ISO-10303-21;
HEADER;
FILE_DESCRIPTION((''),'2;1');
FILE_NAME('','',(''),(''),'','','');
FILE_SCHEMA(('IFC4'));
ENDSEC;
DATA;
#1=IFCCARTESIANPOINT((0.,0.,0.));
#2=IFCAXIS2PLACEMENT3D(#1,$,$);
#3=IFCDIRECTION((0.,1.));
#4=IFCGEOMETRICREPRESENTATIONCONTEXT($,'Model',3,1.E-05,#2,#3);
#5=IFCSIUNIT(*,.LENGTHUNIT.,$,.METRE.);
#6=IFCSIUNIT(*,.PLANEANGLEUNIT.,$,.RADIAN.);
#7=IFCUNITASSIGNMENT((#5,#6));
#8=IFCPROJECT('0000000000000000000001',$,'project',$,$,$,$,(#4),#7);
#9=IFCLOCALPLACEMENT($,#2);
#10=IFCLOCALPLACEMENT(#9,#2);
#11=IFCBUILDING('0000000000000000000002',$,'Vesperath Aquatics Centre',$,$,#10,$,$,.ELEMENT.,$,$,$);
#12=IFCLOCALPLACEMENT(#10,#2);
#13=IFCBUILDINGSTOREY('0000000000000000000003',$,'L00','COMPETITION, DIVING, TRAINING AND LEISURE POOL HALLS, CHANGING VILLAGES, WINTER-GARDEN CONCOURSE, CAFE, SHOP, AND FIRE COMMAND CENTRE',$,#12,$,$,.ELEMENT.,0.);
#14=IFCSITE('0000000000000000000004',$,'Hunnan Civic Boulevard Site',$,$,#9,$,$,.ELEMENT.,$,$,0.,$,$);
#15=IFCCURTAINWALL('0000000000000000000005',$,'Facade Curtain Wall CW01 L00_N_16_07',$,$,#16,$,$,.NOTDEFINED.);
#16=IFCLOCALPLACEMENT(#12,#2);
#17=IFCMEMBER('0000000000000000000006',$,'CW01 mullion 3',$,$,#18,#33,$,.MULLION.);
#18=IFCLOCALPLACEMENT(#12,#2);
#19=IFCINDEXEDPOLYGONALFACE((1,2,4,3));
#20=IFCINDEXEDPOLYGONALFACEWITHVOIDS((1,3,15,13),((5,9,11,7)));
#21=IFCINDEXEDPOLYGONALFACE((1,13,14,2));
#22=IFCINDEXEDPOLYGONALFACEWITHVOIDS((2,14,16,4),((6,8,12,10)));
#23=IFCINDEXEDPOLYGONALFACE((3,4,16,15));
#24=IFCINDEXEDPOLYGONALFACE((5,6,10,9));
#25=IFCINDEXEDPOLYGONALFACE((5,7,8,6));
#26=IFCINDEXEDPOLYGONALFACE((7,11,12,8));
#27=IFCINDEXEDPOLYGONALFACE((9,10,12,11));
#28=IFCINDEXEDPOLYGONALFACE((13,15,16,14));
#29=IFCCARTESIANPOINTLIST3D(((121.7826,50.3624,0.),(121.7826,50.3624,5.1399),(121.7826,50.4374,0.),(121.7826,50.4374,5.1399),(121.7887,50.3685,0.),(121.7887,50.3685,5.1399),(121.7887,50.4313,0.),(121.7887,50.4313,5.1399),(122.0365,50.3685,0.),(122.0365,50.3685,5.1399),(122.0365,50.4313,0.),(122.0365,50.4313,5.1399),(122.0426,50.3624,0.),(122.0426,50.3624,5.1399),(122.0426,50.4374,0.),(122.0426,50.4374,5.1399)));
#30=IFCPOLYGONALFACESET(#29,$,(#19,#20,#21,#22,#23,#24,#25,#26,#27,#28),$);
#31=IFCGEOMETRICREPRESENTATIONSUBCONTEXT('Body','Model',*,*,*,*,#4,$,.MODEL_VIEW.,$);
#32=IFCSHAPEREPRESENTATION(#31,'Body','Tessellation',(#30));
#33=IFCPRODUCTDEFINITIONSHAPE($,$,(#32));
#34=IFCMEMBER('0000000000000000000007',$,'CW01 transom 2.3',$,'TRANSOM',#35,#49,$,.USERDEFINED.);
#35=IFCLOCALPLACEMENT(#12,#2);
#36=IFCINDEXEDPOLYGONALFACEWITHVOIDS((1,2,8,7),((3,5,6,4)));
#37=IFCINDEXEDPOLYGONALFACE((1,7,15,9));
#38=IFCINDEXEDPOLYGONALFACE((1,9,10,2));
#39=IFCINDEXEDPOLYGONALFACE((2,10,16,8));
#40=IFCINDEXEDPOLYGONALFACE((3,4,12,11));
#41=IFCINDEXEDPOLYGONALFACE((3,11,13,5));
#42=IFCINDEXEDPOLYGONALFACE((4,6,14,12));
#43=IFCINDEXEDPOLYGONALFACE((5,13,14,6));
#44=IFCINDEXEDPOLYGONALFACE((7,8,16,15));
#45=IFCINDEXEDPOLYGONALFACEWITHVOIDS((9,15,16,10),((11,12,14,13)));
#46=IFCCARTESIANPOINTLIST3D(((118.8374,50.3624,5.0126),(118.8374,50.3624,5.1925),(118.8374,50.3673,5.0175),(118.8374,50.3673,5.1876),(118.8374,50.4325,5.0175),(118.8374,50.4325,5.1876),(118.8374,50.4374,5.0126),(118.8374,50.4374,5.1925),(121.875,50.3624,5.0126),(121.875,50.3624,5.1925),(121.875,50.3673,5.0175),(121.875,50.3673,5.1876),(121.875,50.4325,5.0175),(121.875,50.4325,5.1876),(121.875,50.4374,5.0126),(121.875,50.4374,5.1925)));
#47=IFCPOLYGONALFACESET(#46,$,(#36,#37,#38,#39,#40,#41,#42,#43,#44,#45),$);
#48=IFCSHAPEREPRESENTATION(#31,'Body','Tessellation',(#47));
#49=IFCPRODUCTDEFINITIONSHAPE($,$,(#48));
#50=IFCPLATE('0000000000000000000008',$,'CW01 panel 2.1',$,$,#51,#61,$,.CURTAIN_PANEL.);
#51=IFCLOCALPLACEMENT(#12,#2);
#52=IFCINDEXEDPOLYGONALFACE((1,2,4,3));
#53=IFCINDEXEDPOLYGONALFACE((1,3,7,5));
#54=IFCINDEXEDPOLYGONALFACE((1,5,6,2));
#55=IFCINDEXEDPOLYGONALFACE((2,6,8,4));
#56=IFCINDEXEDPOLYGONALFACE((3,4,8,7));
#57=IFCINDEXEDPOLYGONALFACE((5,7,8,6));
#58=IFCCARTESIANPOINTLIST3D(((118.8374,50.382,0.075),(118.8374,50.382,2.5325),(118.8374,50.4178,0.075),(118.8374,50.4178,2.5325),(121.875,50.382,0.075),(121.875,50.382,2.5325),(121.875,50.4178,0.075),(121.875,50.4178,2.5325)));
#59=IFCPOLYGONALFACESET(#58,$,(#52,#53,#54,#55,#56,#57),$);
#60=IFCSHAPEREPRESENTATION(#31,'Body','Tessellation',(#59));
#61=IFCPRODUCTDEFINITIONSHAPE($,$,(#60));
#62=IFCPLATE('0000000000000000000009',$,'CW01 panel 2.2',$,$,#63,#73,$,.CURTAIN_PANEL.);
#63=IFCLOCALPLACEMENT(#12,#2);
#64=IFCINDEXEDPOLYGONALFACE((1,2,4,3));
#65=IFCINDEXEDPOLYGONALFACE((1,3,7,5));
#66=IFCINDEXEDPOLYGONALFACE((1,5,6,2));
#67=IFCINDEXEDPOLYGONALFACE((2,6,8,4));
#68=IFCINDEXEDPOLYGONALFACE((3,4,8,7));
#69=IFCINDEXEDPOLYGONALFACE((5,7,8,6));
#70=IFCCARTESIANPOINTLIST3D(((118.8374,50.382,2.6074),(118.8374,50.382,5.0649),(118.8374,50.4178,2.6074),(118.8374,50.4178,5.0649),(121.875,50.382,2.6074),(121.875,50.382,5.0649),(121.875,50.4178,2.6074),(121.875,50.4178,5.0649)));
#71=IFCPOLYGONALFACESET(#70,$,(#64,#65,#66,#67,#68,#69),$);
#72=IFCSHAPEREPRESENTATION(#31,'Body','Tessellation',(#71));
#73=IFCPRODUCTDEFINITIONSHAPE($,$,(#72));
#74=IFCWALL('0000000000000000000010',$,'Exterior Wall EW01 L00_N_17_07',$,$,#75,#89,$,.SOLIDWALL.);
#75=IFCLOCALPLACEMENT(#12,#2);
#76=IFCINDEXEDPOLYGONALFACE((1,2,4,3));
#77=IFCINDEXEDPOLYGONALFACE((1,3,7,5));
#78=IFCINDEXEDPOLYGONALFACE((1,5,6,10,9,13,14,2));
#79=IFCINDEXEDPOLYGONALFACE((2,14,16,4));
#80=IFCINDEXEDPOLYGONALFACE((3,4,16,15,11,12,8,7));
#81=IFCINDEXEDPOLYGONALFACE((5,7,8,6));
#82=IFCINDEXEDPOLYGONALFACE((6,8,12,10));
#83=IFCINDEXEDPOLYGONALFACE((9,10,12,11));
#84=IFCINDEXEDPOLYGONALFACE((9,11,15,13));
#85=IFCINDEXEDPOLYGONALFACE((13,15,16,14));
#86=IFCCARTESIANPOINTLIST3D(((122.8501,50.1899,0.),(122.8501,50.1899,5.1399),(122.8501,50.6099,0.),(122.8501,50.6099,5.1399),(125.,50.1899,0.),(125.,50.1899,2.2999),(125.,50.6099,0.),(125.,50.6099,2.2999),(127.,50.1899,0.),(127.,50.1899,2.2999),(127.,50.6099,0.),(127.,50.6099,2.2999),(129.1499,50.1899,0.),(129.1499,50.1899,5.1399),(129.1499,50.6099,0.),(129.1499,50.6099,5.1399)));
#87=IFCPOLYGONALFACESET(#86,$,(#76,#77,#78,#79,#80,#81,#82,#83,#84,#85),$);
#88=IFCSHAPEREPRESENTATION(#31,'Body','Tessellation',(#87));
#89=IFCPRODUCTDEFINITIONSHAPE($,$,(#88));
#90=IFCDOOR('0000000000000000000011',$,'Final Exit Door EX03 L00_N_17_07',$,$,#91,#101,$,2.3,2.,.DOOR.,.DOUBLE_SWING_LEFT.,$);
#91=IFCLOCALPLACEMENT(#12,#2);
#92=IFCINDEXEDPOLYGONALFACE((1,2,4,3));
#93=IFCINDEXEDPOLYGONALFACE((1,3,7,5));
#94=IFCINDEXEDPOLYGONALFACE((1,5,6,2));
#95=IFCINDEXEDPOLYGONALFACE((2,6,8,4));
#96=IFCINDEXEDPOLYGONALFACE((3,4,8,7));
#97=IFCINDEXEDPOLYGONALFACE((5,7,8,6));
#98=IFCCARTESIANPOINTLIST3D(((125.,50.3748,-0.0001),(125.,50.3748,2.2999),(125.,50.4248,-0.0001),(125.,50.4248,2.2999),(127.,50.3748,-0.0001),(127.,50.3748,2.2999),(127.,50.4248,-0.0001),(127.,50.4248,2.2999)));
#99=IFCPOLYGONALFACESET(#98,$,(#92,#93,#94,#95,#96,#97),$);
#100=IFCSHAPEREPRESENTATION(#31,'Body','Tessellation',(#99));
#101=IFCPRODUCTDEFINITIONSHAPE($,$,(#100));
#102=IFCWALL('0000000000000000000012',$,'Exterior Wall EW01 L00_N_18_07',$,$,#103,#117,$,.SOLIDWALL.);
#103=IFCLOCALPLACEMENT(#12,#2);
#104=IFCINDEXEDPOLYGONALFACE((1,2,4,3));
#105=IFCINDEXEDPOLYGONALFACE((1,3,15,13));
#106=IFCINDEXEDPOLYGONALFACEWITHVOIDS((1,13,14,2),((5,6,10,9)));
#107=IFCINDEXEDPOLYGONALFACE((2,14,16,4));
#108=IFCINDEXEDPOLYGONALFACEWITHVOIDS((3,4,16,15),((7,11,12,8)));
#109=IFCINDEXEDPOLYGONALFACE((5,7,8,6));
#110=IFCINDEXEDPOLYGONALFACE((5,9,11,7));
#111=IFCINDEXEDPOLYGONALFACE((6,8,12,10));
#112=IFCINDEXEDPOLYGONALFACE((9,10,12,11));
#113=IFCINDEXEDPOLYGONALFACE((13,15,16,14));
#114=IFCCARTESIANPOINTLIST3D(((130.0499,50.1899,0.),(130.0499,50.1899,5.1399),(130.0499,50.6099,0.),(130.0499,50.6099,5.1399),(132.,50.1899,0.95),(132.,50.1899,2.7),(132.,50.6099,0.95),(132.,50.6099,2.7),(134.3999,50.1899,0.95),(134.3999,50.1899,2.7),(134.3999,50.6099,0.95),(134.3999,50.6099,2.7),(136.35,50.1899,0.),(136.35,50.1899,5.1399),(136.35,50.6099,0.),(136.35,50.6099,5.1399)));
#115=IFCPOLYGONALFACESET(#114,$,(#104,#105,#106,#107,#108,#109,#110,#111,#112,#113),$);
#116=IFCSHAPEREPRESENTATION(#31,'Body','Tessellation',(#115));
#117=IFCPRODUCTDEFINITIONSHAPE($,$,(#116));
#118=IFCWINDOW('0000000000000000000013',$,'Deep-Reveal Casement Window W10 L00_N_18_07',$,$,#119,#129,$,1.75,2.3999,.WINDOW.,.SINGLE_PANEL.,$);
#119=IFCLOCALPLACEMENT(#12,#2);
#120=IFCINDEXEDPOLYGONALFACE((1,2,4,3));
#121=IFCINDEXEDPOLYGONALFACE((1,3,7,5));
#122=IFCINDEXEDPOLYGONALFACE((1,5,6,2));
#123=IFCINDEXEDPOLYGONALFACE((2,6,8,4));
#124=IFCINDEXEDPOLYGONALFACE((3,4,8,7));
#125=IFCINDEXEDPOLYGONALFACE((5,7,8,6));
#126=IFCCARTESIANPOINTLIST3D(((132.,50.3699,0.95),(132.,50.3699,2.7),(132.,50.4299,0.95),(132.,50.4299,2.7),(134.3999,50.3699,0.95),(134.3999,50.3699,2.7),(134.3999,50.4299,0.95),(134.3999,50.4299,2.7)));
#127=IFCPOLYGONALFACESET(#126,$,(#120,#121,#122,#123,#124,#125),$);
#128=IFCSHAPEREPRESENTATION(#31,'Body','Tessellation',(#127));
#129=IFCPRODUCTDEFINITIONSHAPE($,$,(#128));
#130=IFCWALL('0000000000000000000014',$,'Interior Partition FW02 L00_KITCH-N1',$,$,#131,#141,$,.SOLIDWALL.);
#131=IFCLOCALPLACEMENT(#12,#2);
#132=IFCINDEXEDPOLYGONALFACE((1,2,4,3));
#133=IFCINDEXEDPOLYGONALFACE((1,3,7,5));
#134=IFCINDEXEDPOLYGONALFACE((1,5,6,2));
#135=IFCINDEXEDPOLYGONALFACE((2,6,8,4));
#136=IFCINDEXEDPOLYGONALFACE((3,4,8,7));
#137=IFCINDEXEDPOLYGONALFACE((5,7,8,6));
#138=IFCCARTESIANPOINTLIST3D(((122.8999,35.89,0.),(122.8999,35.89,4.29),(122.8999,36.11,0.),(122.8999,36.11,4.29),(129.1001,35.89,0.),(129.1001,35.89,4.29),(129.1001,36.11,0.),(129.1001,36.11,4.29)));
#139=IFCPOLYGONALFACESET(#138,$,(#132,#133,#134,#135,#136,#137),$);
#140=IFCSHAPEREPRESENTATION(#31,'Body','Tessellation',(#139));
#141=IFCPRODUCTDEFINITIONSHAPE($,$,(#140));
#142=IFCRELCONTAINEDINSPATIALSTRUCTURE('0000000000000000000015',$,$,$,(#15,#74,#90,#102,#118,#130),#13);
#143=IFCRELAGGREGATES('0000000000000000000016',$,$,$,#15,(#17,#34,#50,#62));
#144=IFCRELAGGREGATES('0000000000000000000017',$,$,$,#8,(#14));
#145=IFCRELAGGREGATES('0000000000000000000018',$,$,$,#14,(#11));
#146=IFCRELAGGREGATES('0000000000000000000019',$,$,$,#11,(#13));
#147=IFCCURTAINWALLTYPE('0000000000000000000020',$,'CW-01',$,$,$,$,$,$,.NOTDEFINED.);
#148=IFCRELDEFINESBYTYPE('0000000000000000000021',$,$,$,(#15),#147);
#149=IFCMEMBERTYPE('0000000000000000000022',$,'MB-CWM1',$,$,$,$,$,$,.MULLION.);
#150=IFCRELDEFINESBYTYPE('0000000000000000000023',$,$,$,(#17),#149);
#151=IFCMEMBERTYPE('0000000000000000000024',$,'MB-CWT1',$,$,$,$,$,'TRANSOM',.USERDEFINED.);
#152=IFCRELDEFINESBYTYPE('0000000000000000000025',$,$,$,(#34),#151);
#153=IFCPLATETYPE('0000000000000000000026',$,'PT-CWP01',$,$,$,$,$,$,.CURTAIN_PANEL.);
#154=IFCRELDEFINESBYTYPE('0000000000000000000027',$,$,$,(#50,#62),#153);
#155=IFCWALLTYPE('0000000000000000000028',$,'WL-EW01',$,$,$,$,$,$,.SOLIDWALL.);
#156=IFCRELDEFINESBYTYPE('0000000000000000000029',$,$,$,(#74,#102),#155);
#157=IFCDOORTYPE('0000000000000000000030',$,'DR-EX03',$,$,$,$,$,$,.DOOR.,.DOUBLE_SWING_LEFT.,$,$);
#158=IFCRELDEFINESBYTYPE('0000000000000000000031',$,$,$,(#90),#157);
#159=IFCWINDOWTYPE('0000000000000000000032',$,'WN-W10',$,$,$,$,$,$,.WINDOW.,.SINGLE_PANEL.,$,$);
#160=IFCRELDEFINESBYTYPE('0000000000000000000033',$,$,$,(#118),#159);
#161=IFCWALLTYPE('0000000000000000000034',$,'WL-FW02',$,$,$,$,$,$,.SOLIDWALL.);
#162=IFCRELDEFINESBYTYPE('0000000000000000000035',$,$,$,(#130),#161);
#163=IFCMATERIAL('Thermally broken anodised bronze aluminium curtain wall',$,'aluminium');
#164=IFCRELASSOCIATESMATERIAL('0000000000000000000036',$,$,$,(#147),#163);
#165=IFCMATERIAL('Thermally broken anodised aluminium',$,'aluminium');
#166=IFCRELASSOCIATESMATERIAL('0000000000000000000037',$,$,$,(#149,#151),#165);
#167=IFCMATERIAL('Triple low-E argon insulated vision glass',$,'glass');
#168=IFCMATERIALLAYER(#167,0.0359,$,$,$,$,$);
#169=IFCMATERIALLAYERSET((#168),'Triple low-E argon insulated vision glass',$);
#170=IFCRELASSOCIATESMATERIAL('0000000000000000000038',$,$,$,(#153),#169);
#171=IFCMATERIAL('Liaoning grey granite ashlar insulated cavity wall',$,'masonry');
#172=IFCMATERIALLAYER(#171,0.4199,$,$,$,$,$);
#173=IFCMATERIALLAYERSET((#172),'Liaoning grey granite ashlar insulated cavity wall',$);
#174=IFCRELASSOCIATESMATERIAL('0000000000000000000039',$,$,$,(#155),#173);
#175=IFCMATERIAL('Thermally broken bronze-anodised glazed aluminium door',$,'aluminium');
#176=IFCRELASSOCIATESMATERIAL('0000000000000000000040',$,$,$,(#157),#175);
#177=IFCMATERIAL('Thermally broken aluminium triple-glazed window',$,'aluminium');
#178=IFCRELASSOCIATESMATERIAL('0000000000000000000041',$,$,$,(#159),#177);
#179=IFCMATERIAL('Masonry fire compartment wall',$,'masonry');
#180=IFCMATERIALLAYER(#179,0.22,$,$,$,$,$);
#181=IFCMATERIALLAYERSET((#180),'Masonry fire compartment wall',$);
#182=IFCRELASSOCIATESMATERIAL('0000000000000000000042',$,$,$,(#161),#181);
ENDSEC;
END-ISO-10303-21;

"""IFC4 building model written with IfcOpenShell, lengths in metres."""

from ifc_helpers import new_model, si_unit, direction, frame, frame_2d, origin, origin_2d, place, context, subcontext, project, spatial, rectangle, hollow_rectangle, extrude, material, layer, layer_set, material_profile, profile_set, type_object, element, fill, aggregate, save


model = new_model("IFC4")

# Units and contexts
model_context = context("Model", 3, precision=1e-05, world=origin(), true_north=direction((0.0, 1.0)))
body_context = subcontext(model_context, "Body", "Model", "MODEL_VIEW")
ifc_project = project(units=[si_unit("LENGTHUNIT", "METRE"), si_unit("PLANEANGLEUNIT", "RADIAN")], contexts=[model_context])

# Site, building, storey
site_placement = place(None, origin())
site = spatial("IfcSite", under=ifc_project, at=site_placement, Name="Hunnan Civic Boulevard Site", CompositionType="ELEMENT", RefElevation=0.0)
building_placement = place(site_placement, origin())
building = spatial("IfcBuilding", under=site, at=building_placement, Name="Vesperath Aquatics Centre", CompositionType="ELEMENT")
storey_placement = place(building_placement, origin())
storey = spatial("IfcBuildingStorey", under=building, at=storey_placement, Name="L00", Description="COMPETITION, DIVING, TRAINING AND LEISURE POOL HALLS, CHANGING VILLAGES, WINTER-GARDEN CONCOURSE, CAFE, SHOP, AND FIRE COMMAND CENTRE", CompositionType="ELEMENT", Elevation=0.0)

# Curtain wall, members, plates
ifc_material_1 = material(Name="Thermally broken anodised bronze aluminium curtain wall", Category="aluminium")
curtain_wall_type = type_object("IfcCurtainWallType", Name="CW-01", PredefinedType="NOTDEFINED", material=ifc_material_1)
curtain_wall_placement = place(storey_placement, origin())
curtain_wall = element("IfcCurtainWall", 1, at=curtain_wall_placement, inside=storey, type_object=curtain_wall_type, Name="Facade Curtain Wall CW01 L00_N_16_07", PredefinedType="NOTDEFINED")
ifc_material_2 = material(Name="Thermally broken anodised aluminium", Category="aluminium")
ifc_material_profile_1 = material_profile(ifc_material_2, hollow_rectangle(XDim=0.075, YDim=0.26, WallThickness=0.0061, at=origin_2d()), Name="CWM 75x260x6")
ifc_profile_set_1 = profile_set([ifc_material_profile_1], Name="Thermally broken anodised aluminium")
member_type_1 = type_object("IfcMemberType", Name="MB-CWM1", PredefinedType="MULLION", material=ifc_profile_set_1)
member_1_placement = place(storey_placement, frame((121.9126, 50.3999, 0.0), z_axis=(0.0, 0.0, 1.0), x_axis=(0.0, 1.0, 0.0)))
member_1 = element("IfcMember", 2, at=member_1_placement, type_object=member_type_1, Name="CW01 mullion 3", PredefinedType="MULLION", context=body_context, shape_type="SweptSolid", body=[
    extrude(hollow_rectangle(XDim=0.075, YDim=0.26, WallThickness=0.0061, at=origin_2d()), origin(), (0.0, 0.0, 1.0), 5.1399),
])
ifc_material_profile_2 = material_profile(ifc_material_2, hollow_rectangle(XDim=0.075, YDim=0.1799, WallThickness=0.0049, at=origin_2d()), Name="CWT 75x180x5")
ifc_profile_set_2 = profile_set([ifc_material_profile_2], Name="Thermally broken anodised aluminium")
member_type_2 = type_object("IfcMemberType", Name="MB-CWT1", ElementType="TRANSOM", PredefinedType="USERDEFINED", material=ifc_profile_set_2)
member_2_placement = place(storey_placement, frame((118.8374, 50.3999, 5.1025), z_axis=(1.0, 0.0, 0.0), x_axis=(0.0, 1.0, 0.0)))
member_2 = element("IfcMember", 3, at=member_2_placement, type_object=member_type_2, Name="CW01 transom 2.3", ObjectType="TRANSOM", PredefinedType="USERDEFINED", context=body_context, shape_type="SweptSolid", body=[
    extrude(hollow_rectangle(XDim=0.075, YDim=0.1799, WallThickness=0.0049, at=origin_2d()), origin(), (0.0, 0.0, 1.0), 3.0376),
])
ifc_material_3 = material(Name="Triple low-E argon insulated vision glass", Category="glass")
ifc_layer_1 = layer(ifc_material_3, 0.0359)
ifc_layer_set_1 = layer_set([ifc_layer_1], Name="Triple low-E argon insulated vision glass")
plate_type = type_object("IfcPlateType", Name="PT-CWP01", PredefinedType="CURTAIN_PANEL", material=ifc_layer_set_1)
plate_1_placement = place(storey_placement, frame((120.3562, 50.3999, 0.075), z_axis=(0.0, 0.0, 1.0), x_axis=(1.0, 0.0, 0.0)))
plate_1 = element("IfcPlate", 4, at=plate_1_placement, type_object=plate_type, Name="CW01 panel 2.1", PredefinedType="CURTAIN_PANEL", context=body_context, shape_type="SweptSolid", body=[
    extrude(rectangle(XDim=3.0376, YDim=0.0359, at=origin_2d()), origin(), (0.0, 0.0, 1.0), 2.4575),
])
plate_2_placement = place(storey_placement, frame((120.3562, 50.3999, 2.6074), z_axis=(0.0, 0.0, 1.0), x_axis=(1.0, 0.0, 0.0)))
plate_2 = element("IfcPlate", 5, at=plate_2_placement, type_object=plate_type, Name="CW01 panel 2.2", PredefinedType="CURTAIN_PANEL", context=body_context, shape_type="SweptSolid", body=[
    extrude(rectangle(XDim=3.0376, YDim=0.0359, at=origin_2d()), origin(), (0.0, 0.0, 1.0), 2.4575),
])
aggregate(curtain_wall, [member_1, member_2, plate_1, plate_2])

# Wall, opening, door
ifc_material_4 = material(Name="Liaoning grey granite ashlar insulated cavity wall", Category="masonry")
ifc_layer_2 = layer(ifc_material_4, 0.4199)
ifc_layer_set_2 = layer_set([ifc_layer_2], Name="Liaoning grey granite ashlar insulated cavity wall")
wall_type_1 = type_object("IfcWallType", Name="WL-EW01", PredefinedType="SOLIDWALL", material=ifc_layer_set_2)
wall_1_placement = place(storey_placement, frame((122.8501, 50.3999, 0.0), z_axis=(0.0, 0.0, 1.0), x_axis=(1.0, 0.0, 0.0)))
wall_1 = element("IfcWall", 6, at=wall_1_placement, inside=storey, type_object=wall_type_1, Name="Exterior Wall EW01 L00_N_17_07", PredefinedType="SOLIDWALL", context=body_context, shape_type="SweptSolid", body=[
    extrude(rectangle(XDim=6.2998, YDim=0.4199, at=frame_2d((3.1499, 0.0))), origin(), (0.0, 0.0, 1.0), 5.1399),
])
opening_1_placement = place(wall_1_placement, frame((2.1499, 0.0, 0.0)))
opening_1 = element("IfcOpeningElement", 7, at=opening_1_placement, cuts=wall_1, PredefinedType="OPENING", context=body_context, shape_type="SweptSolid", body=[
    extrude(rectangle(XDim=2.0, YDim=2.3, at=frame_2d((1.0, 1.1499))), frame((0.0, 0.2249, 0.0), z_axis=(0.0, -1.0, 0.0), x_axis=(1.0, 0.0, 0.0)), (0.0, 0.0, 1.0), 0.4497),
])
ifc_material_5 = material(Name="Thermally broken bronze-anodised glazed aluminium door", Category="aluminium")
door_type = type_object("IfcDoorType", Name="DR-EX03", OperationType="DOUBLE_SWING_LEFT", PredefinedType="DOOR", material=ifc_material_5)
door_placement = place(opening_1_placement, origin())
door = element("IfcDoor", 8, at=door_placement, inside=storey, type_object=door_type, Name="Final Exit Door EX03 L00_N_17_07", OperationType="DOUBLE_SWING_LEFT", OverallHeight=2.3, OverallWidth=2.0, PredefinedType="DOOR", context=body_context, shape_type="SweptSolid", body=[
    extrude(rectangle(XDim=2.0, YDim=2.3, at=frame_2d((1.0, 1.1499))), frame((0.0, 0.0249, 0.0), z_axis=(0.0, -1.0, 0.0), x_axis=(1.0, 0.0, 0.0)), (0.0, 0.0, 1.0), 0.05),
])
fill(opening_1, door)

# Wall, opening, window
wall_2_placement = place(storey_placement, frame((130.05, 50.3999, 0.0), z_axis=(0.0, 0.0, 1.0), x_axis=(1.0, 0.0, 0.0)))
wall_2 = element("IfcWall", 9, at=wall_2_placement, inside=storey, type_object=wall_type_1, Name="Exterior Wall EW01 L00_N_18_07", PredefinedType="SOLIDWALL", context=body_context, shape_type="SweptSolid", body=[
    extrude(rectangle(XDim=6.3, YDim=0.4199, at=frame_2d((3.1499, 0.0))), origin(), (0.0, 0.0, 1.0), 5.1399),
])
opening_2_placement = place(wall_2_placement, frame((1.95, 0.0, 0.95)))
opening_2 = element("IfcOpeningElement", 10, at=opening_2_placement, cuts=wall_2, PredefinedType="OPENING", context=body_context, shape_type="SweptSolid", body=[
    extrude(rectangle(XDim=2.3999, YDim=1.75, at=frame_2d((1.2, 0.875))), frame((0.0, 0.2249, 0.0), z_axis=(0.0, -1.0, 0.0), x_axis=(1.0, 0.0, 0.0)), (0.0, 0.0, 1.0), 0.4497),
])
ifc_material_6 = material(Name="Thermally broken aluminium triple-glazed window", Category="aluminium")
window_type_1 = type_object("IfcWindowType", Name="WN-W10", PartitioningType="SINGLE_PANEL", PredefinedType="WINDOW", material=ifc_material_6)
window_1_placement = place(opening_2_placement, origin())
window_1 = element("IfcWindow", 11, at=window_1_placement, inside=storey, type_object=window_type_1, Name="Deep-Reveal Casement Window W10 L00_N_18_07", OverallHeight=1.75, OverallWidth=2.3999, PartitioningType="SINGLE_PANEL", PredefinedType="WINDOW", context=body_context, shape_type="SweptSolid", body=[
    extrude(rectangle(XDim=2.3999, YDim=1.75, at=frame_2d((1.2, 0.875))), frame((0.0, 0.03, 0.0), z_axis=(0.0, -1.0, 0.0), x_axis=(1.0, 0.0, 0.0)), (0.0, 0.0, 1.0), 0.0601),
])
fill(opening_2, window_1)

# Wall
ifc_material_7 = material(Name="Masonry fire compartment wall", Category="masonry")
ifc_layer_3 = layer(ifc_material_7, 0.22)
ifc_layer_set_3 = layer_set([ifc_layer_3], Name="Masonry fire compartment wall")
wall_type_2 = type_object("IfcWallType", Name="WL-FW02", PredefinedType="SOLIDWALL", material=ifc_layer_set_3)
wall_3_placement = place(storey_placement, frame((122.8999, 36.0, 0.0), z_axis=(0.0, 0.0, 1.0), x_axis=(1.0, 0.0, 0.0)))
element("IfcWall", 12, at=wall_3_placement, inside=storey, type_object=wall_type_2, Name="Interior Partition FW02 L00_KITCH-N1", PredefinedType="SOLIDWALL", context=body_context, shape_type="SweptSolid", body=[
    extrude(rectangle(XDim=6.2002, YDim=0.22, at=frame_2d((3.1001, 0.0))), origin(), (0.0, 0.0, 1.0), 4.29),
])

save(model, "model.ifc")
